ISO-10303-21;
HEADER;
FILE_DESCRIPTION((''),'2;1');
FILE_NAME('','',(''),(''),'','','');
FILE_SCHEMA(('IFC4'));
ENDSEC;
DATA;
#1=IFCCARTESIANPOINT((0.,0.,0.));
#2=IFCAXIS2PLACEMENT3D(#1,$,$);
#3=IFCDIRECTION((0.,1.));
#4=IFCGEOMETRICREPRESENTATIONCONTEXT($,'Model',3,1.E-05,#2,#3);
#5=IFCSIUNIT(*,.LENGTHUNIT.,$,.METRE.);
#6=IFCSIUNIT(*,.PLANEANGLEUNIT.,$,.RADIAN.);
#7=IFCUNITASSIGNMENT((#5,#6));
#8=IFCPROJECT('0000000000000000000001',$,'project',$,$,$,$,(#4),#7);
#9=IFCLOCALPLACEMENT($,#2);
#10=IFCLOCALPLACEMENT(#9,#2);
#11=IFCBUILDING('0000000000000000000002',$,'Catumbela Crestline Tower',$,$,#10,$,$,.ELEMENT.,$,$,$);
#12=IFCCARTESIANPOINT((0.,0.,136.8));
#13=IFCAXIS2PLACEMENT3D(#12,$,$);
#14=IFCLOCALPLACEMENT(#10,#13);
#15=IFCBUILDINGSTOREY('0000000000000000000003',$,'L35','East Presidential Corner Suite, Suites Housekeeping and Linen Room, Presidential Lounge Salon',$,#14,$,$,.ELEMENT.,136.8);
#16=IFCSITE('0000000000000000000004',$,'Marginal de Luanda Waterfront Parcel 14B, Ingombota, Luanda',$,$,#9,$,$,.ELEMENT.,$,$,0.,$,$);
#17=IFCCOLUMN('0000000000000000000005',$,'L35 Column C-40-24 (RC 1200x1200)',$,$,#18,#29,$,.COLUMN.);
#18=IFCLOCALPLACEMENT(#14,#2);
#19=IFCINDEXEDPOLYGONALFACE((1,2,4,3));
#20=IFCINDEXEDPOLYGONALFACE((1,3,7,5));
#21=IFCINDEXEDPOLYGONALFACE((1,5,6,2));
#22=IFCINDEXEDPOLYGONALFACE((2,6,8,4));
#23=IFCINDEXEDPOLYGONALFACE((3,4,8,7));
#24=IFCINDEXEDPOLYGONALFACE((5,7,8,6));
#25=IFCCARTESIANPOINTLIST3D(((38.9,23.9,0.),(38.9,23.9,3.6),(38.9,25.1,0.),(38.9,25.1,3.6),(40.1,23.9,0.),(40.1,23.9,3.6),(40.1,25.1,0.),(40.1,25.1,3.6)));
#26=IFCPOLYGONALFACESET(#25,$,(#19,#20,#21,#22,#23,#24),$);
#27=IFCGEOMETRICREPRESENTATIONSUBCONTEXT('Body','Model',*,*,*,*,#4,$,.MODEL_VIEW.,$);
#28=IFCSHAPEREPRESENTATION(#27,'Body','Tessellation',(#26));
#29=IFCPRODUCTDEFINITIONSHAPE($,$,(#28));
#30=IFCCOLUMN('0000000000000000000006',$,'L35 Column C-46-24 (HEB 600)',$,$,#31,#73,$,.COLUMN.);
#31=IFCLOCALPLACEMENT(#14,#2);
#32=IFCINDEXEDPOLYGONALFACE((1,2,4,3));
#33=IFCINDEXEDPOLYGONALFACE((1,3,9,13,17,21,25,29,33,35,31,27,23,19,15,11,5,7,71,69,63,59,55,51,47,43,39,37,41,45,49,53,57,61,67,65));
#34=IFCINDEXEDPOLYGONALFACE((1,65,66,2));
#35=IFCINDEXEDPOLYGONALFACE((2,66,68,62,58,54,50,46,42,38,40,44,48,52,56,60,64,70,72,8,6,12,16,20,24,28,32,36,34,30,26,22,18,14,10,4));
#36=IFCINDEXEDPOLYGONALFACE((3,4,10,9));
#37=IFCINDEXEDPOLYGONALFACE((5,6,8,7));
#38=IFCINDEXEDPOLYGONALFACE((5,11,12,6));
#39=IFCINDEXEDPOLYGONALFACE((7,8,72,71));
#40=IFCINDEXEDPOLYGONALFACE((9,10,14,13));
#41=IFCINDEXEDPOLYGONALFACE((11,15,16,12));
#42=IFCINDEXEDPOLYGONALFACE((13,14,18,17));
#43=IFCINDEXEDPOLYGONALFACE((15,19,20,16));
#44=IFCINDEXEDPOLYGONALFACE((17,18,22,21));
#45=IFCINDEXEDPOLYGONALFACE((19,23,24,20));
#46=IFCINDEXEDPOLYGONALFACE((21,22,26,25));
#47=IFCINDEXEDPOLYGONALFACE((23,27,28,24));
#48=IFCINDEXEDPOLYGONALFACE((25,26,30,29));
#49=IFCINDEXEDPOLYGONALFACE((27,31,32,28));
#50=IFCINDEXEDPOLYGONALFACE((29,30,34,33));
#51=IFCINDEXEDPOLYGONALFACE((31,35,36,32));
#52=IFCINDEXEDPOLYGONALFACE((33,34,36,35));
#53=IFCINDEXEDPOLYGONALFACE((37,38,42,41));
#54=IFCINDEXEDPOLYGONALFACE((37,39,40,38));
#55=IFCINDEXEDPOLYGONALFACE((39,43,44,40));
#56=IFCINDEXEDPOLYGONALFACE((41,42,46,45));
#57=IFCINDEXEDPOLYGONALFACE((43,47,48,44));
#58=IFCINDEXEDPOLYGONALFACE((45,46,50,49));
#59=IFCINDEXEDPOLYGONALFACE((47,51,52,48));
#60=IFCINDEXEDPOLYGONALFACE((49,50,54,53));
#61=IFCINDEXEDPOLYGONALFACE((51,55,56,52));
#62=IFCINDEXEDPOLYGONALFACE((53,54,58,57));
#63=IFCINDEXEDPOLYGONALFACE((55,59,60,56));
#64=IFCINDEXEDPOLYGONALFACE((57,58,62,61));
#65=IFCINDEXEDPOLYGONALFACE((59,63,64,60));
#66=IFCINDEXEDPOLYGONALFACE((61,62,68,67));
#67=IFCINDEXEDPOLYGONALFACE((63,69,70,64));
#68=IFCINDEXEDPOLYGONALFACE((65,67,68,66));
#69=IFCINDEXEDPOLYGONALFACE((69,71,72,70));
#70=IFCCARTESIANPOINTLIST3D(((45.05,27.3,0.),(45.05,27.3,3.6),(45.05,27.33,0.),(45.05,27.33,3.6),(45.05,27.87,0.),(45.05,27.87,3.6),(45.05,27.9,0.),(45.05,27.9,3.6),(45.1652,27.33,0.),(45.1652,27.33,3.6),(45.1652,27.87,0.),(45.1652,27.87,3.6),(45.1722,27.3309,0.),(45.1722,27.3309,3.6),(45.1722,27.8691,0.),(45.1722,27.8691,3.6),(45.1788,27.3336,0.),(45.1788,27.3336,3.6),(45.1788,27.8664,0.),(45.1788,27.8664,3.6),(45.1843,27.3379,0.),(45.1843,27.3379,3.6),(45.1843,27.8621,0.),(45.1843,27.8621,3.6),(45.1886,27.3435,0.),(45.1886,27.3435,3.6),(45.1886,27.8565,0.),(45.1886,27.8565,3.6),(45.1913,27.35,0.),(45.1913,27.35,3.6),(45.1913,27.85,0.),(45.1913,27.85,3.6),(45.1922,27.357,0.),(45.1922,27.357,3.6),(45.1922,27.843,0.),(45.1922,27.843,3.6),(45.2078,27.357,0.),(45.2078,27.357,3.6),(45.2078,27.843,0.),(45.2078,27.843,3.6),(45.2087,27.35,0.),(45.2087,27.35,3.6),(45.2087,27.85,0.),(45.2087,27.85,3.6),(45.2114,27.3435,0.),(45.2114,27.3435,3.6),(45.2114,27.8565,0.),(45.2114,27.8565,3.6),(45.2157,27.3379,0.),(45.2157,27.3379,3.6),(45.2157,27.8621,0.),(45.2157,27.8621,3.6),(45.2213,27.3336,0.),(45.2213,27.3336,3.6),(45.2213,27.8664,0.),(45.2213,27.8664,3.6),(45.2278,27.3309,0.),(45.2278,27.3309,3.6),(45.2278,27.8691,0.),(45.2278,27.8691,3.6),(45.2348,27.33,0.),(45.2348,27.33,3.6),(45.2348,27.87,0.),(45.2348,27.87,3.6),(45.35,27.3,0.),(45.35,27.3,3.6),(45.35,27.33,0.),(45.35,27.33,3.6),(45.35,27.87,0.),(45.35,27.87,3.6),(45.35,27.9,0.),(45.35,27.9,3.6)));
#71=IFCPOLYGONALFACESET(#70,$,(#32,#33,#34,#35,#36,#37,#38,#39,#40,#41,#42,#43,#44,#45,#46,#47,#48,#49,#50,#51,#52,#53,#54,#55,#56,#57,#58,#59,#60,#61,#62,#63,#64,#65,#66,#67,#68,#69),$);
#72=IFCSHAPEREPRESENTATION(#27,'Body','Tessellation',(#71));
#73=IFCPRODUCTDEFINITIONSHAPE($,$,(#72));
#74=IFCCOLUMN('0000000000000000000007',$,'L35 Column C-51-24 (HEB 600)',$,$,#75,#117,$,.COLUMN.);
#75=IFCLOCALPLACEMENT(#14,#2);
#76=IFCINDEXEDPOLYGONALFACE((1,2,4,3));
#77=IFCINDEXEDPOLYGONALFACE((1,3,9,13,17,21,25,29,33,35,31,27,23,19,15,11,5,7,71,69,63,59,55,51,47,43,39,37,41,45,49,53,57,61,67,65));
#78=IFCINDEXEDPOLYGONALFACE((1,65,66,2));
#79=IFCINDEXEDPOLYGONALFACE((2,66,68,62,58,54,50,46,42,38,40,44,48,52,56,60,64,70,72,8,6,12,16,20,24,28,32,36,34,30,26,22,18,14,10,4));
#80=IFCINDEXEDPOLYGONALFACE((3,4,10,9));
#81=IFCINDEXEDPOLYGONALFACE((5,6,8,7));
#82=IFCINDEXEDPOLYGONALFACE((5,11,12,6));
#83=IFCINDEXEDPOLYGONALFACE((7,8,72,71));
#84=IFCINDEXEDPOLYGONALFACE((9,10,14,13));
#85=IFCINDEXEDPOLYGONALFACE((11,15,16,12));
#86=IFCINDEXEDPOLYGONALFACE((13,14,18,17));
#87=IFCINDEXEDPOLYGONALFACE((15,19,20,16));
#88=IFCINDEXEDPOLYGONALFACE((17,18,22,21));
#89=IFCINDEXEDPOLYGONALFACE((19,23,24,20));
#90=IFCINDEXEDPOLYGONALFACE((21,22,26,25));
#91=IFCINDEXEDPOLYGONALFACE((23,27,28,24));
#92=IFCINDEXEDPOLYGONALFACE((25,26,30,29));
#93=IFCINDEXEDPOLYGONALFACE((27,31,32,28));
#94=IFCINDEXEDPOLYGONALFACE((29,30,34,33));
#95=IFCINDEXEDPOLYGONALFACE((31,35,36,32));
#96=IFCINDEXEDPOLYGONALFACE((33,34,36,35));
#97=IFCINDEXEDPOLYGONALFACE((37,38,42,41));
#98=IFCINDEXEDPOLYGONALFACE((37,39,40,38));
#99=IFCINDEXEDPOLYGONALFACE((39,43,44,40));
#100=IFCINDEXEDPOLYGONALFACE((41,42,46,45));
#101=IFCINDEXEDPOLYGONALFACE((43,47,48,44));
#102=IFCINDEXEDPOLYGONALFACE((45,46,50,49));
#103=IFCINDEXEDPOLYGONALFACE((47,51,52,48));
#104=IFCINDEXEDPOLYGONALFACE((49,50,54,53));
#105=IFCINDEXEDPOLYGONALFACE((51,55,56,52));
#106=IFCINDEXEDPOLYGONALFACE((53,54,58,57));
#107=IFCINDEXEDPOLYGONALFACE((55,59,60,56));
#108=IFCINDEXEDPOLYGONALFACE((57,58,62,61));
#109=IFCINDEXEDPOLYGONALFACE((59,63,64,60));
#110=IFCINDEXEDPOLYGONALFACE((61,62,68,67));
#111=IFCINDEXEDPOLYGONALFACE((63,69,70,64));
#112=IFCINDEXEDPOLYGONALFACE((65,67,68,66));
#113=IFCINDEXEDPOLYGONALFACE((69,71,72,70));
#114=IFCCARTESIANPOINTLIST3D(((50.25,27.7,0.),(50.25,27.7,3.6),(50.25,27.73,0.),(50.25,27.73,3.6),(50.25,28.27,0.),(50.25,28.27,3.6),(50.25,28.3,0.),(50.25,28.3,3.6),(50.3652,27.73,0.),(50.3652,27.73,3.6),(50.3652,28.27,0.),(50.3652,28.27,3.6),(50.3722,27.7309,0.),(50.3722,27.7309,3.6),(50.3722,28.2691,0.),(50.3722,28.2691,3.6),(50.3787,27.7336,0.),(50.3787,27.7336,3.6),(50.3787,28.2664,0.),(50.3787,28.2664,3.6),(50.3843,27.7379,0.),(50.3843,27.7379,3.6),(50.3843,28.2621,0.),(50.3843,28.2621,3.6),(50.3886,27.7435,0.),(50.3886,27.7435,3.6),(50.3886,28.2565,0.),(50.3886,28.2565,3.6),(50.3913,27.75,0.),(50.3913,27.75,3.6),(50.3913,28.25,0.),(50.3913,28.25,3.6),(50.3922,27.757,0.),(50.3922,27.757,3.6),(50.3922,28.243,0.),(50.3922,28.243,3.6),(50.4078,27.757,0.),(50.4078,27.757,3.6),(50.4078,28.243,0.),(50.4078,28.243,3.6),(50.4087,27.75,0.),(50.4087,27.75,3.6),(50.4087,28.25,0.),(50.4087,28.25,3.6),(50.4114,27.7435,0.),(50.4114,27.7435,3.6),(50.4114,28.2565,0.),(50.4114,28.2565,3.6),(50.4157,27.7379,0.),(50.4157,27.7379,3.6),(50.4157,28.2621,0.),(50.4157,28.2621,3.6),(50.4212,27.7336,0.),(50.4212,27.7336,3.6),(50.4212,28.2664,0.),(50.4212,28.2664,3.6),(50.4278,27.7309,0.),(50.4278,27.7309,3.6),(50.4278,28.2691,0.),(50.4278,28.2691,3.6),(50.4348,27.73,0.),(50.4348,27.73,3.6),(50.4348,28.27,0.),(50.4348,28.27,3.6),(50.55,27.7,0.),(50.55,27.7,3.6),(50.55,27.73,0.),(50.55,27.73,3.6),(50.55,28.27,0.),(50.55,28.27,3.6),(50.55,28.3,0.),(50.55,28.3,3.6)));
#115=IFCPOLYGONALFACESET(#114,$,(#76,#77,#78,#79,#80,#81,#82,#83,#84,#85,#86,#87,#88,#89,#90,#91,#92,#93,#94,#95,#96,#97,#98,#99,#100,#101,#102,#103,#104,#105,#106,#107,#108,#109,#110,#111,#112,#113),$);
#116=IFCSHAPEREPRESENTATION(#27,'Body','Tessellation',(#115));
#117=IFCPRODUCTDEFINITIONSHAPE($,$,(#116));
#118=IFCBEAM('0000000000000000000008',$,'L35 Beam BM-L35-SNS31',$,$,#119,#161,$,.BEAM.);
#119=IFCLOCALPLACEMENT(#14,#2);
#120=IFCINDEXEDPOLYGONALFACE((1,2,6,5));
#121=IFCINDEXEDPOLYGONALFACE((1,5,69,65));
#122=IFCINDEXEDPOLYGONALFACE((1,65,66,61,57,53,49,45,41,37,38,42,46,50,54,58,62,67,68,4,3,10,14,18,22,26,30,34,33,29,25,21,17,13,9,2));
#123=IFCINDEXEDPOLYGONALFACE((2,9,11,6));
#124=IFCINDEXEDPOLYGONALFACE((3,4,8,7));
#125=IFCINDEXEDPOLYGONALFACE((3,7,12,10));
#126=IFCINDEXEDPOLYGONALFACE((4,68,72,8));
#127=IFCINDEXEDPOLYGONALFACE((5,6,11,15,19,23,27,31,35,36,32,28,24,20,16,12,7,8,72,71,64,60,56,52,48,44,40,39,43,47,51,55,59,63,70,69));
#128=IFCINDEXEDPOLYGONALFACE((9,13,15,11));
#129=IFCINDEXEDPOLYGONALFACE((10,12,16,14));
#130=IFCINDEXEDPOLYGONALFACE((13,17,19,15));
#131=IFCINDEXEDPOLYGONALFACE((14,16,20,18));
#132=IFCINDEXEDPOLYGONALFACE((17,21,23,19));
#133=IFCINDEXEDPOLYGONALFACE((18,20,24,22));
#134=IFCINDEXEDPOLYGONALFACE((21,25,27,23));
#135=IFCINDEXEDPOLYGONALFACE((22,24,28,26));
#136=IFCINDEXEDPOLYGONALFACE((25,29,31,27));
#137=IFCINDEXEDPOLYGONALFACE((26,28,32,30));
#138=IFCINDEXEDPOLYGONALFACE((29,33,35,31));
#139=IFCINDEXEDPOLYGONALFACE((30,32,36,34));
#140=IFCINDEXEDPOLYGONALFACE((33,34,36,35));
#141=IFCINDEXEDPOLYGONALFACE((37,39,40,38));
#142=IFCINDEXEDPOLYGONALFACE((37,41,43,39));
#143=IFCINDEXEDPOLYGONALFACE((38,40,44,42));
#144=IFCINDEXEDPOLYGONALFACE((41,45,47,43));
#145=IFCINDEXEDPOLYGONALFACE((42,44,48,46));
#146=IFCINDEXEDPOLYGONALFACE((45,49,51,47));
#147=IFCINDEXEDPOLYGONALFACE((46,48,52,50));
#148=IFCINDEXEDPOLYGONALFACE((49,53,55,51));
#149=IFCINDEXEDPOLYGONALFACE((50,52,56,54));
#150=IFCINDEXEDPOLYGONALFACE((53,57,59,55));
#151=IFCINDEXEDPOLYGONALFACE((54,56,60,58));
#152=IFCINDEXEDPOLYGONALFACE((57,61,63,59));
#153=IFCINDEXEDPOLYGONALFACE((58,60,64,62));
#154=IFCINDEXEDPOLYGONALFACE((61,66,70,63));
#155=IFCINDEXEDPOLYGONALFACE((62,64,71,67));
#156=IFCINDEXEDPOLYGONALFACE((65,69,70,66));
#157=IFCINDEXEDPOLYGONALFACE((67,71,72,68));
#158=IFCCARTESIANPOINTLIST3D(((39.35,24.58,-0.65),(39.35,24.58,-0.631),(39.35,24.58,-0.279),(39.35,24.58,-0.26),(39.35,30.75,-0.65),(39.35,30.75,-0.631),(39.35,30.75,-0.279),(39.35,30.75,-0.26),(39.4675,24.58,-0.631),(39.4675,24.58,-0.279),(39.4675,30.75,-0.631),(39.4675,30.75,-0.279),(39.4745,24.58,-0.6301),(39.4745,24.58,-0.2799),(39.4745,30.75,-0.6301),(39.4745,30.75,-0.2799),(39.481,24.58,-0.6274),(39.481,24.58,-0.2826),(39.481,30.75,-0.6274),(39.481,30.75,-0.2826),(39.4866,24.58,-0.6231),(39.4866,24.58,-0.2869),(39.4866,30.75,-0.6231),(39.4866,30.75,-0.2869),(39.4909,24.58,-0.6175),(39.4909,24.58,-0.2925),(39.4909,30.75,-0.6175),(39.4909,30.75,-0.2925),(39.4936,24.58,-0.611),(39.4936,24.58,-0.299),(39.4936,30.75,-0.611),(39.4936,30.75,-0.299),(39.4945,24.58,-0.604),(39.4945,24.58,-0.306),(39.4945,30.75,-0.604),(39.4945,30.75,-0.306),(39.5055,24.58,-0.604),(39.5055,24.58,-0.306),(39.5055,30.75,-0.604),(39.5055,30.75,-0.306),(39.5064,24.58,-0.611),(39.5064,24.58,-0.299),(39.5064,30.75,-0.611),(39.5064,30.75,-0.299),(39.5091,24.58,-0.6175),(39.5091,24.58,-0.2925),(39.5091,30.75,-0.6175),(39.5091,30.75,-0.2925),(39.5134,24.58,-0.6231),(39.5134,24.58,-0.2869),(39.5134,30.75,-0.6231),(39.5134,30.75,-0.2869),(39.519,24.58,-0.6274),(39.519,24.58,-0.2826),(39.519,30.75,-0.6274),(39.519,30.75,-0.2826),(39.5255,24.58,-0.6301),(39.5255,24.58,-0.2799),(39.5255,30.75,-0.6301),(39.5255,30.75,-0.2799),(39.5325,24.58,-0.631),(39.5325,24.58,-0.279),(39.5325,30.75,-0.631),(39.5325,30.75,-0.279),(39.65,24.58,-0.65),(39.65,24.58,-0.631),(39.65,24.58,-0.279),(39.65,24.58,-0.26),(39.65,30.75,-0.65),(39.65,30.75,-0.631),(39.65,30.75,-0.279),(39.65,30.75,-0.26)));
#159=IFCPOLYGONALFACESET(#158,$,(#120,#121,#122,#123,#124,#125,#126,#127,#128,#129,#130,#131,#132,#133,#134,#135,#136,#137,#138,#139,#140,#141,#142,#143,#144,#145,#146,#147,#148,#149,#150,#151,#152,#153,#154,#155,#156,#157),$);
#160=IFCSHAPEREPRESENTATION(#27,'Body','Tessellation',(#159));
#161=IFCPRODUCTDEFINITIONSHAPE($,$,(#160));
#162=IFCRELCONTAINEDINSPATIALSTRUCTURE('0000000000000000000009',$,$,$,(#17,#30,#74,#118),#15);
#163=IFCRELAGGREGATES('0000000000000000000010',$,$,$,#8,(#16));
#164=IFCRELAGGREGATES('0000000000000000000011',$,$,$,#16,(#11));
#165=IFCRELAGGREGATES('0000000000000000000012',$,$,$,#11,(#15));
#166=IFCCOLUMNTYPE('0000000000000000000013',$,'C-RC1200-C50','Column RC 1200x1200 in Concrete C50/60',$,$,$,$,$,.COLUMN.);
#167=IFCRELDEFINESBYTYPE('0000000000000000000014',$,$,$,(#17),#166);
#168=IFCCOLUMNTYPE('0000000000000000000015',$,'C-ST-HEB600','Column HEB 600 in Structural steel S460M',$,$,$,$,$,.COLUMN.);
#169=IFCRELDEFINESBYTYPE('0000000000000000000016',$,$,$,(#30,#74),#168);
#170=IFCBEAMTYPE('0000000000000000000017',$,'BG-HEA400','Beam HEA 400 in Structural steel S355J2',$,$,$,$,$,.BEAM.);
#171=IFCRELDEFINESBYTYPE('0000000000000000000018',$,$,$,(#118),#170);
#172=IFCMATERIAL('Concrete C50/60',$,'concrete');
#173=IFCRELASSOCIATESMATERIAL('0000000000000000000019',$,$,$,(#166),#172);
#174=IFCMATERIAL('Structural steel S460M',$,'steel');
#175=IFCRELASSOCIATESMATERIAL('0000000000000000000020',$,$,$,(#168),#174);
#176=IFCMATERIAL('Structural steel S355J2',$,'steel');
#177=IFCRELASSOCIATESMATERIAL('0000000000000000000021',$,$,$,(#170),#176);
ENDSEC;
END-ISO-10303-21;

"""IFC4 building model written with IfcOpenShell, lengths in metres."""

from ifc_helpers import new_model, si_unit, direction, frame, origin, origin_2d, place, context, subcontext, project, spatial, rectangle, i_section, extrude, material, material_profile, profile_set, type_object, element, save


model = new_model("IFC4")

# Units and contexts
model_context = context("Model", 3, precision=1e-05, world=origin(), true_north=direction((0.0, 1.0)))
body_context = subcontext(model_context, "Body", "Model", "MODEL_VIEW")
ifc_project = project(units=[si_unit("LENGTHUNIT", "METRE"), si_unit("PLANEANGLEUNIT", "RADIAN")], contexts=[model_context])

# Site, building, storey
site_placement = place(None, origin())
site = spatial("IfcSite", under=ifc_project, at=site_placement, Name="Marginal de Luanda Waterfront Parcel 14B, Ingombota, Luanda", CompositionType="ELEMENT", RefElevation=0.0)
building_placement = place(site_placement, origin())
building = spatial("IfcBuilding", under=site, at=building_placement, Name="Catumbela Crestline Tower", CompositionType="ELEMENT")
storey_placement = place(building_placement, frame((0.0, 0.0, 136.8)))
storey = spatial("IfcBuildingStorey", under=building, at=storey_placement, Name="L35", Description="East Presidential Corner Suite, Suites Housekeeping and Linen Room, Presidential Lounge Salon", CompositionType="ELEMENT", Elevation=136.8)

# Columns
ifc_material_1 = material(Name="Concrete C50/60", Category="concrete")
ifc_material_profile_1 = material_profile(ifc_material_1, rectangle(XDim=1.2, YDim=1.2, at=origin_2d()), Name="RC 1200x1200")
ifc_profile_set_1 = profile_set([ifc_material_profile_1], Name="Concrete C50/60")
column_type_1 = type_object("IfcColumnType", Name="C-RC1200-C50", Description="Column RC 1200x1200 in Concrete C50/60", PredefinedType="COLUMN", material=ifc_profile_set_1)
column_placement = place(storey_placement, frame((39.5, 24.5, 0.0), z_axis=(0.0, 0.0, 1.0), x_axis=(1.0, 0.0, 0.0)))
element("IfcColumn", 1, at=column_placement, inside=storey, type_object=column_type_1, Name="L35 Column C-40-24 (RC 1200x1200)", PredefinedType="COLUMN", context=body_context, shape_type="SweptSolid", body=[
    extrude(rectangle(XDim=1.2, YDim=1.2, at=origin_2d()), origin(), (0.0, 0.0, 1.0), 3.6),
])
ifc_material_2 = material(Name="Structural steel S460M", Category="steel")
ifc_material_profile_2 = material_profile(ifc_material_2, i_section(OverallWidth=0.3, OverallDepth=0.6, WebThickness=0.0155, FlangeThickness=0.03, FilletRadius=0.027, at=origin_2d()), Name="HEB 600")
ifc_profile_set_2 = profile_set([ifc_material_profile_2], Name="Structural steel S460M")
column_type_2 = type_object("IfcColumnType", Name="C-ST-HEB600", Description="Column HEB 600 in Structural steel S460M", PredefinedType="COLUMN", material=ifc_profile_set_2)
for number, where, z_axis, x_axis, name in (
    (2, (45.2, 27.6, 0.0), (0.0, 0.0, 1.0), (1.0, 0.0, 0.0), "L35 Column C-46-24 (HEB 600)"),
    (3, (50.4, 28.0, 0.0), (0.0, 0.0, 1.0), (1.0, 0.0, 0.0), "L35 Column C-51-24 (HEB 600)"),
):
    element("IfcColumn", number, at=place(storey_placement, frame(where, z_axis=z_axis, x_axis=x_axis)), inside=storey, type_object=column_type_2, Name=name, PredefinedType="COLUMN", context=body_context, shape_type="SweptSolid", body=[
        extrude(i_section(OverallWidth=0.3, OverallDepth=0.6, WebThickness=0.0155, FlangeThickness=0.03, FilletRadius=0.027, at=origin_2d()), origin(), (0.0, 0.0, 1.0), 3.6),
    ])

# Beam
ifc_material_3 = material(Name="Structural steel S355J2", Category="steel")
ifc_material_profile_3 = material_profile(ifc_material_3, i_section(OverallWidth=0.3, OverallDepth=0.39, WebThickness=0.011, FlangeThickness=0.019, FilletRadius=0.027, at=origin_2d()), Name="HEA 400")
ifc_profile_set_3 = profile_set([ifc_material_profile_3], Name="Structural steel S355J2")
beam_type_1 = type_object("IfcBeamType", Name="BG-HEA400", Description="Beam HEA 400 in Structural steel S355J2", PredefinedType="BEAM", material=ifc_profile_set_3)
beam_1_placement = place(storey_placement, frame((39.5, 24.58, -0.455), z_axis=(0.0, 1.0, 0.0), x_axis=(-1.0, 0.0, 0.0)))
element("IfcBeam", 4, at=beam_1_placement, inside=storey, type_object=beam_type_1, Name="L35 Beam BM-L35-SNS31", PredefinedType="BEAM", context=body_context, shape_type="SweptSolid", body=[
    extrude(i_section(OverallWidth=0.3, OverallDepth=0.39, WebThickness=0.011, FlangeThickness=0.019, FilletRadius=0.027, at=origin_2d()), origin(), (0.0, 0.0, 1.0), 6.17),
])

save(model, "model.ifc")
